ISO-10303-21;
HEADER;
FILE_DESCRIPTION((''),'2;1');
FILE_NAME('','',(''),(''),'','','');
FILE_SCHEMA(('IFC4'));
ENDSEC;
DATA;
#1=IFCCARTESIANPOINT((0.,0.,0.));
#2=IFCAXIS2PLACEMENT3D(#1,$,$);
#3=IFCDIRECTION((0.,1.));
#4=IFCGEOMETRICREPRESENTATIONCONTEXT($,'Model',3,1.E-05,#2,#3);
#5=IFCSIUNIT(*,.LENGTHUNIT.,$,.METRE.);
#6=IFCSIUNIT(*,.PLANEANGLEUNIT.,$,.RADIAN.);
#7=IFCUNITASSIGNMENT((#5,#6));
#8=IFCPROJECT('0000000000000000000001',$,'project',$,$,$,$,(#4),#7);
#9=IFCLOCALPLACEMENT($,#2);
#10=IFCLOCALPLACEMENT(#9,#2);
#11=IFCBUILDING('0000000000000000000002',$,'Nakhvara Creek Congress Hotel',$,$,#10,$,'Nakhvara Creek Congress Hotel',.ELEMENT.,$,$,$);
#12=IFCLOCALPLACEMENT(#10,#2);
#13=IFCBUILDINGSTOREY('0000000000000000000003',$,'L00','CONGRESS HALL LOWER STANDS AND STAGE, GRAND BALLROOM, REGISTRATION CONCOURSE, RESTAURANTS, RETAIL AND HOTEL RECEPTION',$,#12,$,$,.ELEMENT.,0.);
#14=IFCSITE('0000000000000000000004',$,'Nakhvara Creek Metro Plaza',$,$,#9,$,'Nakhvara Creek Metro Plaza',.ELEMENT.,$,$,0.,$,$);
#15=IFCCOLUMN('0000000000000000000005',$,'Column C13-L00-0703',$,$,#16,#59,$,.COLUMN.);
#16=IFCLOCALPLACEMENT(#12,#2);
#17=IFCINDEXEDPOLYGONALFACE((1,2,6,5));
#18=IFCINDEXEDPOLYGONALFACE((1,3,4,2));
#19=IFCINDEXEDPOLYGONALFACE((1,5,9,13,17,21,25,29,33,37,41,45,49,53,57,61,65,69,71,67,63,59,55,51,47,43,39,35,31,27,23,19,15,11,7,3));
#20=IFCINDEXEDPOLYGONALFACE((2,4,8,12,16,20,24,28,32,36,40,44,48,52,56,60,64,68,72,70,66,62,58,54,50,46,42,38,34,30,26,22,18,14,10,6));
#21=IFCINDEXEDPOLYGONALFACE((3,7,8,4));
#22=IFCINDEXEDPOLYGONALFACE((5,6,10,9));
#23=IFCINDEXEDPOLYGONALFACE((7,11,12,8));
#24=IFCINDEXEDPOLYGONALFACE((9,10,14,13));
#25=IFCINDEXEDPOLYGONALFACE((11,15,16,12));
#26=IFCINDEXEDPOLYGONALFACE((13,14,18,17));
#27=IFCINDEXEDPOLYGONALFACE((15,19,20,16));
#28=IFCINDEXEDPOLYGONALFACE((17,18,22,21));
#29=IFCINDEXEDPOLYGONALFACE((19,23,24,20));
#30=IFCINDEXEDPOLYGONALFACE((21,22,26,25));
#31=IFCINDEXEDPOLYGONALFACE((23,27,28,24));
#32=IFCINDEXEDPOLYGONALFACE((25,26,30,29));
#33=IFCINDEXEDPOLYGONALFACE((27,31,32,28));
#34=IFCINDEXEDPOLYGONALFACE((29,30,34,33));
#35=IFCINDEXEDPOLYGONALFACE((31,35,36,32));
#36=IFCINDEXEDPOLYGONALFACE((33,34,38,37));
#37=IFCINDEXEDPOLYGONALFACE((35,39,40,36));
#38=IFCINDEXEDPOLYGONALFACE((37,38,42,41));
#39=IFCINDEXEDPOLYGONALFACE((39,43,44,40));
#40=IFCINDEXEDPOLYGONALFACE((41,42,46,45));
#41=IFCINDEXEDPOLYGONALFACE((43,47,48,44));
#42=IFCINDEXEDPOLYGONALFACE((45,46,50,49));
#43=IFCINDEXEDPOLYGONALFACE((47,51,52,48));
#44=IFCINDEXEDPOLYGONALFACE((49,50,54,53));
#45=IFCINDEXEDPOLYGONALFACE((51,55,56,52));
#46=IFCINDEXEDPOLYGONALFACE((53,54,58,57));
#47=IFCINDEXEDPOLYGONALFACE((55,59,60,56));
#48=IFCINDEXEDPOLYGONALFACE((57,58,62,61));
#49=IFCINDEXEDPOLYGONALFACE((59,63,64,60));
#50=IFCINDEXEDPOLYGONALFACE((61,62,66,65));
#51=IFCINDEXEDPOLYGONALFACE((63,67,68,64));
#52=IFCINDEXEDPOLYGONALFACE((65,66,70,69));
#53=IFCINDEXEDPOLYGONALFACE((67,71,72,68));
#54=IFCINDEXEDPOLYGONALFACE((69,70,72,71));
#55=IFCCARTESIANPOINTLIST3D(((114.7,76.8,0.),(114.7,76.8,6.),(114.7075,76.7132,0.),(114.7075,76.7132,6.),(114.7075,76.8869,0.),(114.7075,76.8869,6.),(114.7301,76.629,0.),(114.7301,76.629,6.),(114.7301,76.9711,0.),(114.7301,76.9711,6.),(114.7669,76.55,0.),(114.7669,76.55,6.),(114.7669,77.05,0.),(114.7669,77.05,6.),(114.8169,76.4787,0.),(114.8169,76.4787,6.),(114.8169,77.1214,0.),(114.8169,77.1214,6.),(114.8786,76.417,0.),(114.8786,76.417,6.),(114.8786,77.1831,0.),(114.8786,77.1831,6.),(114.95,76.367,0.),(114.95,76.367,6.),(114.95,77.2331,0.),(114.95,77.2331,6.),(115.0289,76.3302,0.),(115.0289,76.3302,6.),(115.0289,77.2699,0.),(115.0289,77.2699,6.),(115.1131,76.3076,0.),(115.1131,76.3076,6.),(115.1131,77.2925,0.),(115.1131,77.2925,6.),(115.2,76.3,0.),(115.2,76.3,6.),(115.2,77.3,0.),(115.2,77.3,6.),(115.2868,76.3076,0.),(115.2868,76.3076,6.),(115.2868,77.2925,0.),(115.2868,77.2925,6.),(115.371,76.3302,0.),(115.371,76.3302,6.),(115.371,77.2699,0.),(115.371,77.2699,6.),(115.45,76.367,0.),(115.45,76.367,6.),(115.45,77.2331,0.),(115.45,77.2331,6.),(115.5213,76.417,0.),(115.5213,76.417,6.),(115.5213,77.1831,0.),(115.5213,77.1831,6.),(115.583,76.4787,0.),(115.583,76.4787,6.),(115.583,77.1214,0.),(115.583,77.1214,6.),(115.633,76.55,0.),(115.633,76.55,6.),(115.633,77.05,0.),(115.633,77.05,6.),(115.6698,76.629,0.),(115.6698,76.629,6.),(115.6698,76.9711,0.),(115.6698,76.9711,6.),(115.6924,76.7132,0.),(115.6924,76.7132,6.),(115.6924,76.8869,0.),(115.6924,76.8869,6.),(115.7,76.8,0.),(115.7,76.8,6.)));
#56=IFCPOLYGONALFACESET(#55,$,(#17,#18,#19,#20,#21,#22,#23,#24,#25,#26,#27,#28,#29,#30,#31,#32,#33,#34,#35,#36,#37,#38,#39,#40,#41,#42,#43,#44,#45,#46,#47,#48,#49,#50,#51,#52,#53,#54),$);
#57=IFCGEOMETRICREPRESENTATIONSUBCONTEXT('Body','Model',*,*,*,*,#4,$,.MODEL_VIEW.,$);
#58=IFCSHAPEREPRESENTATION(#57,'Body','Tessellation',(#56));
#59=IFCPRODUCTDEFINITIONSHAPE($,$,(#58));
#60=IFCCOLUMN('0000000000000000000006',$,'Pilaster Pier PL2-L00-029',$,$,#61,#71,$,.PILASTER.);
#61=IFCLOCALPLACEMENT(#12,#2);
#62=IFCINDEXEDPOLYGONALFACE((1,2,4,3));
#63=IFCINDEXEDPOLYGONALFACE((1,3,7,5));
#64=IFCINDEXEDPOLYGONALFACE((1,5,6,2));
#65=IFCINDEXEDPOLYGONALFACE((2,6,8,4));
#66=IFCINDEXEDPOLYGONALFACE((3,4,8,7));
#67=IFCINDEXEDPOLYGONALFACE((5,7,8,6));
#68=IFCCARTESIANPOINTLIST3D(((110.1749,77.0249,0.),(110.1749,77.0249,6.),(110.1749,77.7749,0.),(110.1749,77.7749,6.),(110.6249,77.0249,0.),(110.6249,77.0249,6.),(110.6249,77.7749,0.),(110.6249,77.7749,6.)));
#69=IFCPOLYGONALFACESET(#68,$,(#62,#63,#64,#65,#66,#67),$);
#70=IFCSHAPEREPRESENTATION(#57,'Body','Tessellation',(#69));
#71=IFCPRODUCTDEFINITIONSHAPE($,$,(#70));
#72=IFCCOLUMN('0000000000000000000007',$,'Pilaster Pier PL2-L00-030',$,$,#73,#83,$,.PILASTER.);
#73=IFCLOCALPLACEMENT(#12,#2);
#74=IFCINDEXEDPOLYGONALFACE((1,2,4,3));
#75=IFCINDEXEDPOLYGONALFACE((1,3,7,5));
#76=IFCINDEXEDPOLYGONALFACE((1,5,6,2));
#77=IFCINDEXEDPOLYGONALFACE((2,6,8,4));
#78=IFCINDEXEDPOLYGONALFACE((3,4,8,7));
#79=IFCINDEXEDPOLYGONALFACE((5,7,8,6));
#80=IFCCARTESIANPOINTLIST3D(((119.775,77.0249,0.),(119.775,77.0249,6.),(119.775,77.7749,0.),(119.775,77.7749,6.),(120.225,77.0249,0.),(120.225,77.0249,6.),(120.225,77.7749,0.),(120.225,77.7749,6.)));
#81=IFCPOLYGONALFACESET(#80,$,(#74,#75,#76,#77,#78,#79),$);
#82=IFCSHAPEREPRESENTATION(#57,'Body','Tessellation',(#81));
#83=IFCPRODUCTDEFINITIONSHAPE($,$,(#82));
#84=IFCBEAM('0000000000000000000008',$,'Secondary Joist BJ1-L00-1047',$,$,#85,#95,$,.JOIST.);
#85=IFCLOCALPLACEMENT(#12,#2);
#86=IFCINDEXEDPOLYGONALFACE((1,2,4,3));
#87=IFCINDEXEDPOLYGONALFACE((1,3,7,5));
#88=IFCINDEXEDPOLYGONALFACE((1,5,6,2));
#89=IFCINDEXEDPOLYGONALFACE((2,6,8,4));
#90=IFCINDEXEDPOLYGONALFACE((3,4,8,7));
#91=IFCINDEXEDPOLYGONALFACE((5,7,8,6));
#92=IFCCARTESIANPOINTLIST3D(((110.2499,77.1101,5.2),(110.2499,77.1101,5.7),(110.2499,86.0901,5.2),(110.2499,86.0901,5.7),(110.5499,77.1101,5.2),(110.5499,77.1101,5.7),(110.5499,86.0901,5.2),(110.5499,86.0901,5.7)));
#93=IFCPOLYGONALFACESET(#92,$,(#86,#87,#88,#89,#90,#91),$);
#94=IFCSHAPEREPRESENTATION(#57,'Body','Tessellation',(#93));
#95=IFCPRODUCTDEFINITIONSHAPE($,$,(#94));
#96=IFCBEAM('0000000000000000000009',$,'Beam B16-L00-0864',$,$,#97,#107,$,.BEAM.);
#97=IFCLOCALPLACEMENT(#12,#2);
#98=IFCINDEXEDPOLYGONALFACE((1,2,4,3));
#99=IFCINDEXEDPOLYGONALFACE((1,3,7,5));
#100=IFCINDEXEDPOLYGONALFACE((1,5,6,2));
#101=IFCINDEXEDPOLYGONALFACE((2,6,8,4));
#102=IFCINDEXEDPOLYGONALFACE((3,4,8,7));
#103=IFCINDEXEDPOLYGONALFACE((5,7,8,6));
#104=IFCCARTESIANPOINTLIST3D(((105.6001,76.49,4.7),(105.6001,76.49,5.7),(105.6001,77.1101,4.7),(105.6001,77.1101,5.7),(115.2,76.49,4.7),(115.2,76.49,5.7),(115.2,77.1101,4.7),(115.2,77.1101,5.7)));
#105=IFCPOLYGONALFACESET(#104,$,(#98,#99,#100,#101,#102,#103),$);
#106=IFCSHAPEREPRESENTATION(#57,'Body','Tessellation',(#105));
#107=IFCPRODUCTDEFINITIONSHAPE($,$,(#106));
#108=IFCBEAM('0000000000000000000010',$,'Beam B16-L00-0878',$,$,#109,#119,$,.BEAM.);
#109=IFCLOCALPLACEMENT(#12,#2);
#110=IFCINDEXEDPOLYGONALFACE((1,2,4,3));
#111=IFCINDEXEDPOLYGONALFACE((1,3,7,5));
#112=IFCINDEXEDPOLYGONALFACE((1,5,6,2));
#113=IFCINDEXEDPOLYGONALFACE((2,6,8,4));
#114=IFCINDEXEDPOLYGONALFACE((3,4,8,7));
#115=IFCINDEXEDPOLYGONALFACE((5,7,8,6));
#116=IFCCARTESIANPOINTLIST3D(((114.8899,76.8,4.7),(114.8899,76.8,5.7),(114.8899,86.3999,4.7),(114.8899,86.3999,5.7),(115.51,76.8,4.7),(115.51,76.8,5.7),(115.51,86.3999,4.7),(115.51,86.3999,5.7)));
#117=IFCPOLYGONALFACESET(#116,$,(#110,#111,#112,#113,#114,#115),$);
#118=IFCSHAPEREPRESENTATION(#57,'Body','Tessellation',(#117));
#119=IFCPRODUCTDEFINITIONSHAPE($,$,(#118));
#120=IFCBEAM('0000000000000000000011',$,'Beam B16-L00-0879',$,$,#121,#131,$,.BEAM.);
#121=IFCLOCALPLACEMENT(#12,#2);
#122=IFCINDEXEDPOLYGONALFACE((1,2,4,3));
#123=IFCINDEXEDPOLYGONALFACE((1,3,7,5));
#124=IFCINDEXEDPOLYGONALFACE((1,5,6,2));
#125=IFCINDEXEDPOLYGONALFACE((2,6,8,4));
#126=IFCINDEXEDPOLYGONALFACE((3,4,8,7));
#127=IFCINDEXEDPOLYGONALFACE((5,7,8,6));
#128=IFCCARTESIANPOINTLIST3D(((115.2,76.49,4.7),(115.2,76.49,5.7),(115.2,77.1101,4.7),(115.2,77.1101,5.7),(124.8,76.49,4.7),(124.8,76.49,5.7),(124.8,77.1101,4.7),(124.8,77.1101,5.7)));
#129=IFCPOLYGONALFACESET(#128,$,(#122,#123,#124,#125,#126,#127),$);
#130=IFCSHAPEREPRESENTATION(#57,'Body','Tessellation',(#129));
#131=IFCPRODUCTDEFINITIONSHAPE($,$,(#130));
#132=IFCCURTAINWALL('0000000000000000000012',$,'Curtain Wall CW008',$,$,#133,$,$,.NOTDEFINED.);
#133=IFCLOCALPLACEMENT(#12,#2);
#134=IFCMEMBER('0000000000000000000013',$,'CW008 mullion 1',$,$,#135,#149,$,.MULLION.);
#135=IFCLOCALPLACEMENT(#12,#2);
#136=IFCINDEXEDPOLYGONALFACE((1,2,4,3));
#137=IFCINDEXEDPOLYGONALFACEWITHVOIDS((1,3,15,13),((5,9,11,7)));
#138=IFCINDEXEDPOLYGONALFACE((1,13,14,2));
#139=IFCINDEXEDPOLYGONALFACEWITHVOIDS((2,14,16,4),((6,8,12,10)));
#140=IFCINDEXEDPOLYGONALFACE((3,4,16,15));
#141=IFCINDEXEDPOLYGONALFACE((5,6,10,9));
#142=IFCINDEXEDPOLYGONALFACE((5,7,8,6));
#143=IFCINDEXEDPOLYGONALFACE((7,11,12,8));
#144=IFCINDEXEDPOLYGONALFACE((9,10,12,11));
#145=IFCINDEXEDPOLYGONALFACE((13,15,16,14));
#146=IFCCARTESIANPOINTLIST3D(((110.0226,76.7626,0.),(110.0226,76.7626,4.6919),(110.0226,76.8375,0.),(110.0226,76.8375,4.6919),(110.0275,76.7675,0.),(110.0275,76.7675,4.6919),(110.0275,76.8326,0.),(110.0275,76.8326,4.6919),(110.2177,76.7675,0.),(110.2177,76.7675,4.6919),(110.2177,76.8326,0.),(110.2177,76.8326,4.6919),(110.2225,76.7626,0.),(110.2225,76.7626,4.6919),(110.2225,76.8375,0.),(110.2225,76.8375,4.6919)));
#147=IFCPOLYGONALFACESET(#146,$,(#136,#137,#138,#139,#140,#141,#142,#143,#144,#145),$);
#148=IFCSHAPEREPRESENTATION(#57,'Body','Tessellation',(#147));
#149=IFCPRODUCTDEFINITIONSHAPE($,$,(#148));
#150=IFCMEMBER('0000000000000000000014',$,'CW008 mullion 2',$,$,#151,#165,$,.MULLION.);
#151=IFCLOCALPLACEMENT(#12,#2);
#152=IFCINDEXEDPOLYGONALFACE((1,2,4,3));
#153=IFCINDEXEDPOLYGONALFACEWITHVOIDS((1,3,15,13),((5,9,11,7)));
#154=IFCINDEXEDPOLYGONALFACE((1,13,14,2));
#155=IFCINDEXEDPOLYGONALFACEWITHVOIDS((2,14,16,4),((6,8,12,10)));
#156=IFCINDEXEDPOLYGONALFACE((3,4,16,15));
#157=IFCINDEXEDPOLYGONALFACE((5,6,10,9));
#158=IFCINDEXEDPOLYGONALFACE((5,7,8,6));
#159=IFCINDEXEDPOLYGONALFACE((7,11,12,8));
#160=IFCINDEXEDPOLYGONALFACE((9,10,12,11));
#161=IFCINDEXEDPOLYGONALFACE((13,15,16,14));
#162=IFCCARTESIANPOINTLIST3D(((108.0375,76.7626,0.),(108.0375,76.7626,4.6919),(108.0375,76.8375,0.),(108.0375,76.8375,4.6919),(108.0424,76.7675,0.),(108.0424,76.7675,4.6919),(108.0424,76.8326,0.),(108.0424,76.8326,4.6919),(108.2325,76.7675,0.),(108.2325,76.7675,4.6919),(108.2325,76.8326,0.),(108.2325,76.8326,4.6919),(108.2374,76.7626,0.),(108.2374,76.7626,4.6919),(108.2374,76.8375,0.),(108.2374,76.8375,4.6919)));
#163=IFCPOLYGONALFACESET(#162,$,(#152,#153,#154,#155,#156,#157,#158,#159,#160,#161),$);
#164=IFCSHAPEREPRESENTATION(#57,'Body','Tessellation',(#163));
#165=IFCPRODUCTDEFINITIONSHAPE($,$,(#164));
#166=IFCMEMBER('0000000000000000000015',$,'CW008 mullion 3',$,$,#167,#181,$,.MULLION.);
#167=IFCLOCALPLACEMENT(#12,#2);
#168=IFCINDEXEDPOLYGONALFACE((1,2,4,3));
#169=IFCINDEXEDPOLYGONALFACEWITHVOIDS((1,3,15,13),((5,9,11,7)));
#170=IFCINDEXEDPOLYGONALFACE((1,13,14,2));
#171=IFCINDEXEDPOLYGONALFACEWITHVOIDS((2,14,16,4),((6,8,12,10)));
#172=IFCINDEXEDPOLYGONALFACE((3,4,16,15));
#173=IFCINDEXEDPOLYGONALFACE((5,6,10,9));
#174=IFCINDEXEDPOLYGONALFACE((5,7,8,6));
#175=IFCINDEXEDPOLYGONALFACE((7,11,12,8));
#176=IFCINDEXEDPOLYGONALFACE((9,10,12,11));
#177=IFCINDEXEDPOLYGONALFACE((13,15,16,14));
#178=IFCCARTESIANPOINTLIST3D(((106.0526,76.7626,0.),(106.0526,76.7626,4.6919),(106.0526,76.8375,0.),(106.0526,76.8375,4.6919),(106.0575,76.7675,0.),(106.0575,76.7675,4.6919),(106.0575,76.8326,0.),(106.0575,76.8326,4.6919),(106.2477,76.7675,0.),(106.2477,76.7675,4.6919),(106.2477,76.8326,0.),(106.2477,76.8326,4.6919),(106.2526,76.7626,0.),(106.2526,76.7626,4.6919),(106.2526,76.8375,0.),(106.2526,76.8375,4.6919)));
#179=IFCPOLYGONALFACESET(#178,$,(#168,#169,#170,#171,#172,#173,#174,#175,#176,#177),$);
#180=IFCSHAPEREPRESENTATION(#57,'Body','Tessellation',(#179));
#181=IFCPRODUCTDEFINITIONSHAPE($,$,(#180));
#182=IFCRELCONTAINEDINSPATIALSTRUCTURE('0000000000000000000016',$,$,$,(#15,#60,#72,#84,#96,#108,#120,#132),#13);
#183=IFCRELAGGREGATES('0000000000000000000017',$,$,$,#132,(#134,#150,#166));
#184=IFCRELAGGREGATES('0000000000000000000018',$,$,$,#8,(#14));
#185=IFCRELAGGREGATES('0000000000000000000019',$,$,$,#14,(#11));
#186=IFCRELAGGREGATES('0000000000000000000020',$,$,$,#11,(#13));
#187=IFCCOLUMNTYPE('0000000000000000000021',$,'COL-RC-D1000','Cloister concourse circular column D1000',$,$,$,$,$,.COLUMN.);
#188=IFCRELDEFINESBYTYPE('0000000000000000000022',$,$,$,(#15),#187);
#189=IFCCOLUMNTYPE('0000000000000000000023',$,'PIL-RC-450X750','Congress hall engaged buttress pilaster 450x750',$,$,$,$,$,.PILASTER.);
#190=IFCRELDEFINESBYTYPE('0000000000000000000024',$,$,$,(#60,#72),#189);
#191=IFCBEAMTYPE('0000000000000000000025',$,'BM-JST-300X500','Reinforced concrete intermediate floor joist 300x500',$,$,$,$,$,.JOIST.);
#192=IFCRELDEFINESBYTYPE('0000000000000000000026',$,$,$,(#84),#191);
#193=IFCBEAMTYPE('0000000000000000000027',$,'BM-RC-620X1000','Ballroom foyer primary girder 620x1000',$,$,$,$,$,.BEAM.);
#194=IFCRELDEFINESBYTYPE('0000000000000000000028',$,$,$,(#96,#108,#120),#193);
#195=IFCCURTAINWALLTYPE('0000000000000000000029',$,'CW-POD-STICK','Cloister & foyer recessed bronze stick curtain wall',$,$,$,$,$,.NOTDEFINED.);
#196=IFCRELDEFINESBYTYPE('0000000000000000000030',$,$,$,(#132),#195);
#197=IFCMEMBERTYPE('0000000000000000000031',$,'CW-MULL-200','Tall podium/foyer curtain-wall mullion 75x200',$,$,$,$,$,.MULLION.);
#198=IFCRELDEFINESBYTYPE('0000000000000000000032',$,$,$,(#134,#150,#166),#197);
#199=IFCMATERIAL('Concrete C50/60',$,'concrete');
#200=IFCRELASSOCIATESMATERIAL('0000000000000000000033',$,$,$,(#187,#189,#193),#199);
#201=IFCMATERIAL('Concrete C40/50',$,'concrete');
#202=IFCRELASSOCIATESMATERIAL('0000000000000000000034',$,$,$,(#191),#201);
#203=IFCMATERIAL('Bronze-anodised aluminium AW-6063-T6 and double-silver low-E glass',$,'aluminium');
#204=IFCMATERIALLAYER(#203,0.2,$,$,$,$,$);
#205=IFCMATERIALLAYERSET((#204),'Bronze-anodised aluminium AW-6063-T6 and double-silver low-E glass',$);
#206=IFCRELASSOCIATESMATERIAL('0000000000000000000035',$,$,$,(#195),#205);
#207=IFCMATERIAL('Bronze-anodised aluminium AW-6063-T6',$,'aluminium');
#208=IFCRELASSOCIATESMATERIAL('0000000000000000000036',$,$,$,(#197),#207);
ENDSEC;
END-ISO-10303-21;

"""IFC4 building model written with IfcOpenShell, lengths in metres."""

from ifc_helpers import new_model, si_unit, direction, frame, origin, origin_2d, place, context, subcontext, project, spatial, rectangle, hollow_rectangle, circle, extrude, material, layer, layer_set, material_profile, profile_set, type_object, element, aggregate, save


model = new_model("IFC4")

# Units and contexts
model_context = context("Model", 3, precision=1e-05, world=origin(), true_north=direction((0.0, 1.0)))
body_context = subcontext(model_context, "Body", "Model", "MODEL_VIEW")
ifc_project = project(units=[si_unit("LENGTHUNIT", "METRE"), si_unit("PLANEANGLEUNIT", "RADIAN")], contexts=[model_context])

# Site, building, storey
site_placement = place(None, origin())
site = spatial("IfcSite", under=ifc_project, at=site_placement, Name="Nakhvara Creek Metro Plaza", LongName="Nakhvara Creek Metro Plaza", CompositionType="ELEMENT", RefElevation=0.0)
building_placement = place(site_placement, origin())
building = spatial("IfcBuilding", under=site, at=building_placement, Name="Nakhvara Creek Congress Hotel", LongName="Nakhvara Creek Congress Hotel", CompositionType="ELEMENT")
storey_placement = place(building_placement, origin())
storey = spatial("IfcBuildingStorey", under=building, at=storey_placement, Name="L00", Description="CONGRESS HALL LOWER STANDS AND STAGE, GRAND BALLROOM, REGISTRATION CONCOURSE, RESTAURANTS, RETAIL AND HOTEL RECEPTION", CompositionType="ELEMENT", Elevation=0.0)

# Columns
ifc_material_1 = material(Name="Concrete C50/60", Category="concrete")
ifc_material_profile_1 = material_profile(ifc_material_1, circle(Radius=0.5, at=origin_2d()), Name="RC-COL D1000", Category="LoadBearing")
ifc_profile_set_1 = profile_set([ifc_material_profile_1], Name="Concrete C50/60")
column_type_1 = type_object("IfcColumnType", Name="COL-RC-D1000", Description="Cloister concourse circular column D1000", PredefinedType="COLUMN", material=ifc_profile_set_1)
column_placement = place(storey_placement, frame((115.2, 76.8, 0.0), z_axis=(0.0, 0.0, 1.0), x_axis=(1.0, 0.0, 0.0)))
element("IfcColumn", 1, at=column_placement, inside=storey, type_object=column_type_1, Name="Column C13-L00-0703", PredefinedType="COLUMN", context=body_context, shape_type="SweptSolid", body=[
    extrude(circle(Radius=0.5, at=origin_2d()), origin(), (0.0, 0.0, 1.0), 6.0),
])
ifc_material_profile_2 = material_profile(ifc_material_1, rectangle(XDim=0.45, YDim=0.75, at=origin_2d()), Name="RC-PIL 450x750", Category="LoadBearing")
ifc_profile_set_2 = profile_set([ifc_material_profile_2], Name="Concrete C50/60")
column_type_2 = type_object("IfcColumnType", Name="PIL-RC-450X750", Description="Congress hall engaged buttress pilaster 450x750", PredefinedType="PILASTER", material=ifc_profile_set_2)
for number, where, z_axis, x_axis, name in (
    (2, (110.3999, 77.3999, 0.0), (0.0, 0.0, 1.0), (1.0, 0.0, 0.0), "Pilaster Pier PL2-L00-029"),
    (3, (120.0, 77.3999, 0.0), (0.0, 0.0, 1.0), (1.0, 0.0, 0.0), "Pilaster Pier PL2-L00-030"),
):
    element("IfcColumn", number, at=place(storey_placement, frame(where, z_axis=z_axis, x_axis=x_axis)), inside=storey, type_object=column_type_2, Name=name, PredefinedType="PILASTER", context=body_context, shape_type="SweptSolid", body=[
        extrude(rectangle(XDim=0.45, YDim=0.75, at=origin_2d()), origin(), (0.0, 0.0, 1.0), 6.0),
    ])

# Beams
ifc_material_2 = material(Name="Concrete C40/50", Category="concrete")
ifc_material_profile_3 = material_profile(ifc_material_2, rectangle(XDim=0.3, YDim=0.5, at=origin_2d()), Name="RC-BM 300x500", Category="LoadBearing")
ifc_profile_set_3 = profile_set([ifc_material_profile_3], Name="Concrete C40/50")
beam_type_1 = type_object("IfcBeamType", Name="BM-JST-300X500", Description="Reinforced concrete intermediate floor joist 300x500", PredefinedType="JOIST", material=ifc_profile_set_3)
beam_1_placement = place(storey_placement, frame((110.3999, 77.1101, 5.45), z_axis=(0.0, 1.0, 0.0), x_axis=(-1.0, 0.0, 0.0)))
element("IfcBeam", 4, at=beam_1_placement, inside=storey, type_object=beam_type_1, Name="Secondary Joist BJ1-L00-1047", PredefinedType="JOIST", context=body_context, shape_type="SweptSolid", body=[
    extrude(rectangle(XDim=0.3, YDim=0.5, at=origin_2d()), origin(), (0.0, 0.0, 1.0), 8.98),
])
ifc_material_profile_4 = material_profile(ifc_material_1, rectangle(XDim=0.6201, YDim=1.0, at=origin_2d()), Name="RC-BM 620x1000", Category="LoadBearing")
ifc_profile_set_4 = profile_set([ifc_material_profile_4], Name="Concrete C50/60")
beam_type_2 = type_object("IfcBeamType", Name="BM-RC-620X1000", Description="Ballroom foyer primary girder 620x1000", PredefinedType="BEAM", material=ifc_profile_set_4)
for number, where, z_axis, x_axis, name in (
    (5, (105.6001, 76.8, 5.2), (1.0, 0.0, 0.0), (0.0, 1.0, 0.0), "Beam B16-L00-0864"),
    (6, (115.2, 76.8, 5.2), (0.0, 1.0, 0.0), (-1.0, 0.0, 0.0), "Beam B16-L00-0878"),
):
    element("IfcBeam", number, at=place(storey_placement, frame(where, z_axis=z_axis, x_axis=x_axis)), inside=storey, type_object=beam_type_2, Name=name, PredefinedType="BEAM", context=body_context, shape_type="SweptSolid", body=[
        extrude(rectangle(XDim=0.6201, YDim=1.0, at=origin_2d()), origin(), (0.0, 0.0, 1.0), 9.5999),
    ])
beam_2_placement = place(storey_placement, frame((115.2, 76.8, 5.2), z_axis=(1.0, 0.0, 0.0), x_axis=(0.0, 1.0, 0.0)))
element("IfcBeam", 7, at=beam_2_placement, inside=storey, type_object=beam_type_2, Name="Beam B16-L00-0879", PredefinedType="BEAM", context=body_context, shape_type="SweptSolid", body=[
    extrude(rectangle(XDim=0.6201, YDim=1.0, at=origin_2d()), origin(), (0.0, 0.0, 1.0), 9.6001),
])

# Curtain wall, members
ifc_material_3 = material(Name="Bronze-anodised aluminium AW-6063-T6 and double-silver low-E glass", Category="aluminium")
ifc_layer_1 = layer(ifc_material_3, 0.2)
ifc_layer_set_1 = layer_set([ifc_layer_1], Name="Bronze-anodised aluminium AW-6063-T6 and double-silver low-E glass")
curtain_wall_type = type_object("IfcCurtainWallType", Name="CW-POD-STICK", Description="Cloister & foyer recessed bronze stick curtain wall", PredefinedType="NOTDEFINED", material=ifc_layer_set_1)
curtain_wall_1_placement = place(storey_placement, origin())
curtain_wall_1 = element("IfcCurtainWall", 8, at=curtain_wall_1_placement, inside=storey, type_object=curtain_wall_type, Name="Curtain Wall CW008", PredefinedType="NOTDEFINED")
ifc_material_4 = material(Name="Bronze-anodised aluminium AW-6063-T6", Category="aluminium")
ifc_material_profile_5 = material_profile(ifc_material_4, hollow_rectangle(XDim=0.075, YDim=0.2, WallThickness=0.0049, at=origin_2d()), Name="ALU-MULL 75x200x5", Category="LoadBearing")
ifc_profile_set_5 = profile_set([ifc_material_profile_5], Name="Bronze-anodised aluminium AW-6063-T6")
member_type_1 = type_object("IfcMemberType", Name="CW-MULL-200", Description="Tall podium/foyer curtain-wall mullion 75x200", PredefinedType="MULLION", material=ifc_profile_set_5)
member_1_placement = place(storey_placement, frame((110.1226, 76.8, 0.0), z_axis=(0.0, 0.0, 1.0), x_axis=(0.0, -1.0, 0.0)))
member_1 = element("IfcMember", 9, at=member_1_placement, type_object=member_type_1, Name="CW008 mullion 1", PredefinedType="MULLION", context=body_context, shape_type="SweptSolid", body=[
    extrude(hollow_rectangle(XDim=0.075, YDim=0.2, WallThickness=0.0049, at=origin_2d()), origin(), (0.0, 0.0, 1.0), 4.6919),
])
member_2_placement = place(storey_placement, frame((108.1375, 76.8, 0.0), z_axis=(0.0, 0.0, 1.0), x_axis=(0.0, -1.0, 0.0)))
member_2 = element("IfcMember", 10, at=member_2_placement, type_object=member_type_1, Name="CW008 mullion 2", PredefinedType="MULLION", context=body_context, shape_type="SweptSolid", body=[
    extrude(hollow_rectangle(XDim=0.075, YDim=0.2, WallThickness=0.0049, at=origin_2d()), origin(), (0.0, 0.0, 1.0), 4.6919),
])
member_3_placement = place(storey_placement, frame((106.1526, 76.8, 0.0), z_axis=(0.0, 0.0, 1.0), x_axis=(0.0, -1.0, 0.0)))
member_3 = element("IfcMember", 11, at=member_3_placement, type_object=member_type_1, Name="CW008 mullion 3", PredefinedType="MULLION", context=body_context, shape_type="SweptSolid", body=[
    extrude(hollow_rectangle(XDim=0.075, YDim=0.2, WallThickness=0.0049, at=origin_2d()), origin(), (0.0, 0.0, 1.0), 4.6919),
])

aggregate(curtain_wall_1, [member_1, member_2, member_3])

save(model, "model.ifc")
